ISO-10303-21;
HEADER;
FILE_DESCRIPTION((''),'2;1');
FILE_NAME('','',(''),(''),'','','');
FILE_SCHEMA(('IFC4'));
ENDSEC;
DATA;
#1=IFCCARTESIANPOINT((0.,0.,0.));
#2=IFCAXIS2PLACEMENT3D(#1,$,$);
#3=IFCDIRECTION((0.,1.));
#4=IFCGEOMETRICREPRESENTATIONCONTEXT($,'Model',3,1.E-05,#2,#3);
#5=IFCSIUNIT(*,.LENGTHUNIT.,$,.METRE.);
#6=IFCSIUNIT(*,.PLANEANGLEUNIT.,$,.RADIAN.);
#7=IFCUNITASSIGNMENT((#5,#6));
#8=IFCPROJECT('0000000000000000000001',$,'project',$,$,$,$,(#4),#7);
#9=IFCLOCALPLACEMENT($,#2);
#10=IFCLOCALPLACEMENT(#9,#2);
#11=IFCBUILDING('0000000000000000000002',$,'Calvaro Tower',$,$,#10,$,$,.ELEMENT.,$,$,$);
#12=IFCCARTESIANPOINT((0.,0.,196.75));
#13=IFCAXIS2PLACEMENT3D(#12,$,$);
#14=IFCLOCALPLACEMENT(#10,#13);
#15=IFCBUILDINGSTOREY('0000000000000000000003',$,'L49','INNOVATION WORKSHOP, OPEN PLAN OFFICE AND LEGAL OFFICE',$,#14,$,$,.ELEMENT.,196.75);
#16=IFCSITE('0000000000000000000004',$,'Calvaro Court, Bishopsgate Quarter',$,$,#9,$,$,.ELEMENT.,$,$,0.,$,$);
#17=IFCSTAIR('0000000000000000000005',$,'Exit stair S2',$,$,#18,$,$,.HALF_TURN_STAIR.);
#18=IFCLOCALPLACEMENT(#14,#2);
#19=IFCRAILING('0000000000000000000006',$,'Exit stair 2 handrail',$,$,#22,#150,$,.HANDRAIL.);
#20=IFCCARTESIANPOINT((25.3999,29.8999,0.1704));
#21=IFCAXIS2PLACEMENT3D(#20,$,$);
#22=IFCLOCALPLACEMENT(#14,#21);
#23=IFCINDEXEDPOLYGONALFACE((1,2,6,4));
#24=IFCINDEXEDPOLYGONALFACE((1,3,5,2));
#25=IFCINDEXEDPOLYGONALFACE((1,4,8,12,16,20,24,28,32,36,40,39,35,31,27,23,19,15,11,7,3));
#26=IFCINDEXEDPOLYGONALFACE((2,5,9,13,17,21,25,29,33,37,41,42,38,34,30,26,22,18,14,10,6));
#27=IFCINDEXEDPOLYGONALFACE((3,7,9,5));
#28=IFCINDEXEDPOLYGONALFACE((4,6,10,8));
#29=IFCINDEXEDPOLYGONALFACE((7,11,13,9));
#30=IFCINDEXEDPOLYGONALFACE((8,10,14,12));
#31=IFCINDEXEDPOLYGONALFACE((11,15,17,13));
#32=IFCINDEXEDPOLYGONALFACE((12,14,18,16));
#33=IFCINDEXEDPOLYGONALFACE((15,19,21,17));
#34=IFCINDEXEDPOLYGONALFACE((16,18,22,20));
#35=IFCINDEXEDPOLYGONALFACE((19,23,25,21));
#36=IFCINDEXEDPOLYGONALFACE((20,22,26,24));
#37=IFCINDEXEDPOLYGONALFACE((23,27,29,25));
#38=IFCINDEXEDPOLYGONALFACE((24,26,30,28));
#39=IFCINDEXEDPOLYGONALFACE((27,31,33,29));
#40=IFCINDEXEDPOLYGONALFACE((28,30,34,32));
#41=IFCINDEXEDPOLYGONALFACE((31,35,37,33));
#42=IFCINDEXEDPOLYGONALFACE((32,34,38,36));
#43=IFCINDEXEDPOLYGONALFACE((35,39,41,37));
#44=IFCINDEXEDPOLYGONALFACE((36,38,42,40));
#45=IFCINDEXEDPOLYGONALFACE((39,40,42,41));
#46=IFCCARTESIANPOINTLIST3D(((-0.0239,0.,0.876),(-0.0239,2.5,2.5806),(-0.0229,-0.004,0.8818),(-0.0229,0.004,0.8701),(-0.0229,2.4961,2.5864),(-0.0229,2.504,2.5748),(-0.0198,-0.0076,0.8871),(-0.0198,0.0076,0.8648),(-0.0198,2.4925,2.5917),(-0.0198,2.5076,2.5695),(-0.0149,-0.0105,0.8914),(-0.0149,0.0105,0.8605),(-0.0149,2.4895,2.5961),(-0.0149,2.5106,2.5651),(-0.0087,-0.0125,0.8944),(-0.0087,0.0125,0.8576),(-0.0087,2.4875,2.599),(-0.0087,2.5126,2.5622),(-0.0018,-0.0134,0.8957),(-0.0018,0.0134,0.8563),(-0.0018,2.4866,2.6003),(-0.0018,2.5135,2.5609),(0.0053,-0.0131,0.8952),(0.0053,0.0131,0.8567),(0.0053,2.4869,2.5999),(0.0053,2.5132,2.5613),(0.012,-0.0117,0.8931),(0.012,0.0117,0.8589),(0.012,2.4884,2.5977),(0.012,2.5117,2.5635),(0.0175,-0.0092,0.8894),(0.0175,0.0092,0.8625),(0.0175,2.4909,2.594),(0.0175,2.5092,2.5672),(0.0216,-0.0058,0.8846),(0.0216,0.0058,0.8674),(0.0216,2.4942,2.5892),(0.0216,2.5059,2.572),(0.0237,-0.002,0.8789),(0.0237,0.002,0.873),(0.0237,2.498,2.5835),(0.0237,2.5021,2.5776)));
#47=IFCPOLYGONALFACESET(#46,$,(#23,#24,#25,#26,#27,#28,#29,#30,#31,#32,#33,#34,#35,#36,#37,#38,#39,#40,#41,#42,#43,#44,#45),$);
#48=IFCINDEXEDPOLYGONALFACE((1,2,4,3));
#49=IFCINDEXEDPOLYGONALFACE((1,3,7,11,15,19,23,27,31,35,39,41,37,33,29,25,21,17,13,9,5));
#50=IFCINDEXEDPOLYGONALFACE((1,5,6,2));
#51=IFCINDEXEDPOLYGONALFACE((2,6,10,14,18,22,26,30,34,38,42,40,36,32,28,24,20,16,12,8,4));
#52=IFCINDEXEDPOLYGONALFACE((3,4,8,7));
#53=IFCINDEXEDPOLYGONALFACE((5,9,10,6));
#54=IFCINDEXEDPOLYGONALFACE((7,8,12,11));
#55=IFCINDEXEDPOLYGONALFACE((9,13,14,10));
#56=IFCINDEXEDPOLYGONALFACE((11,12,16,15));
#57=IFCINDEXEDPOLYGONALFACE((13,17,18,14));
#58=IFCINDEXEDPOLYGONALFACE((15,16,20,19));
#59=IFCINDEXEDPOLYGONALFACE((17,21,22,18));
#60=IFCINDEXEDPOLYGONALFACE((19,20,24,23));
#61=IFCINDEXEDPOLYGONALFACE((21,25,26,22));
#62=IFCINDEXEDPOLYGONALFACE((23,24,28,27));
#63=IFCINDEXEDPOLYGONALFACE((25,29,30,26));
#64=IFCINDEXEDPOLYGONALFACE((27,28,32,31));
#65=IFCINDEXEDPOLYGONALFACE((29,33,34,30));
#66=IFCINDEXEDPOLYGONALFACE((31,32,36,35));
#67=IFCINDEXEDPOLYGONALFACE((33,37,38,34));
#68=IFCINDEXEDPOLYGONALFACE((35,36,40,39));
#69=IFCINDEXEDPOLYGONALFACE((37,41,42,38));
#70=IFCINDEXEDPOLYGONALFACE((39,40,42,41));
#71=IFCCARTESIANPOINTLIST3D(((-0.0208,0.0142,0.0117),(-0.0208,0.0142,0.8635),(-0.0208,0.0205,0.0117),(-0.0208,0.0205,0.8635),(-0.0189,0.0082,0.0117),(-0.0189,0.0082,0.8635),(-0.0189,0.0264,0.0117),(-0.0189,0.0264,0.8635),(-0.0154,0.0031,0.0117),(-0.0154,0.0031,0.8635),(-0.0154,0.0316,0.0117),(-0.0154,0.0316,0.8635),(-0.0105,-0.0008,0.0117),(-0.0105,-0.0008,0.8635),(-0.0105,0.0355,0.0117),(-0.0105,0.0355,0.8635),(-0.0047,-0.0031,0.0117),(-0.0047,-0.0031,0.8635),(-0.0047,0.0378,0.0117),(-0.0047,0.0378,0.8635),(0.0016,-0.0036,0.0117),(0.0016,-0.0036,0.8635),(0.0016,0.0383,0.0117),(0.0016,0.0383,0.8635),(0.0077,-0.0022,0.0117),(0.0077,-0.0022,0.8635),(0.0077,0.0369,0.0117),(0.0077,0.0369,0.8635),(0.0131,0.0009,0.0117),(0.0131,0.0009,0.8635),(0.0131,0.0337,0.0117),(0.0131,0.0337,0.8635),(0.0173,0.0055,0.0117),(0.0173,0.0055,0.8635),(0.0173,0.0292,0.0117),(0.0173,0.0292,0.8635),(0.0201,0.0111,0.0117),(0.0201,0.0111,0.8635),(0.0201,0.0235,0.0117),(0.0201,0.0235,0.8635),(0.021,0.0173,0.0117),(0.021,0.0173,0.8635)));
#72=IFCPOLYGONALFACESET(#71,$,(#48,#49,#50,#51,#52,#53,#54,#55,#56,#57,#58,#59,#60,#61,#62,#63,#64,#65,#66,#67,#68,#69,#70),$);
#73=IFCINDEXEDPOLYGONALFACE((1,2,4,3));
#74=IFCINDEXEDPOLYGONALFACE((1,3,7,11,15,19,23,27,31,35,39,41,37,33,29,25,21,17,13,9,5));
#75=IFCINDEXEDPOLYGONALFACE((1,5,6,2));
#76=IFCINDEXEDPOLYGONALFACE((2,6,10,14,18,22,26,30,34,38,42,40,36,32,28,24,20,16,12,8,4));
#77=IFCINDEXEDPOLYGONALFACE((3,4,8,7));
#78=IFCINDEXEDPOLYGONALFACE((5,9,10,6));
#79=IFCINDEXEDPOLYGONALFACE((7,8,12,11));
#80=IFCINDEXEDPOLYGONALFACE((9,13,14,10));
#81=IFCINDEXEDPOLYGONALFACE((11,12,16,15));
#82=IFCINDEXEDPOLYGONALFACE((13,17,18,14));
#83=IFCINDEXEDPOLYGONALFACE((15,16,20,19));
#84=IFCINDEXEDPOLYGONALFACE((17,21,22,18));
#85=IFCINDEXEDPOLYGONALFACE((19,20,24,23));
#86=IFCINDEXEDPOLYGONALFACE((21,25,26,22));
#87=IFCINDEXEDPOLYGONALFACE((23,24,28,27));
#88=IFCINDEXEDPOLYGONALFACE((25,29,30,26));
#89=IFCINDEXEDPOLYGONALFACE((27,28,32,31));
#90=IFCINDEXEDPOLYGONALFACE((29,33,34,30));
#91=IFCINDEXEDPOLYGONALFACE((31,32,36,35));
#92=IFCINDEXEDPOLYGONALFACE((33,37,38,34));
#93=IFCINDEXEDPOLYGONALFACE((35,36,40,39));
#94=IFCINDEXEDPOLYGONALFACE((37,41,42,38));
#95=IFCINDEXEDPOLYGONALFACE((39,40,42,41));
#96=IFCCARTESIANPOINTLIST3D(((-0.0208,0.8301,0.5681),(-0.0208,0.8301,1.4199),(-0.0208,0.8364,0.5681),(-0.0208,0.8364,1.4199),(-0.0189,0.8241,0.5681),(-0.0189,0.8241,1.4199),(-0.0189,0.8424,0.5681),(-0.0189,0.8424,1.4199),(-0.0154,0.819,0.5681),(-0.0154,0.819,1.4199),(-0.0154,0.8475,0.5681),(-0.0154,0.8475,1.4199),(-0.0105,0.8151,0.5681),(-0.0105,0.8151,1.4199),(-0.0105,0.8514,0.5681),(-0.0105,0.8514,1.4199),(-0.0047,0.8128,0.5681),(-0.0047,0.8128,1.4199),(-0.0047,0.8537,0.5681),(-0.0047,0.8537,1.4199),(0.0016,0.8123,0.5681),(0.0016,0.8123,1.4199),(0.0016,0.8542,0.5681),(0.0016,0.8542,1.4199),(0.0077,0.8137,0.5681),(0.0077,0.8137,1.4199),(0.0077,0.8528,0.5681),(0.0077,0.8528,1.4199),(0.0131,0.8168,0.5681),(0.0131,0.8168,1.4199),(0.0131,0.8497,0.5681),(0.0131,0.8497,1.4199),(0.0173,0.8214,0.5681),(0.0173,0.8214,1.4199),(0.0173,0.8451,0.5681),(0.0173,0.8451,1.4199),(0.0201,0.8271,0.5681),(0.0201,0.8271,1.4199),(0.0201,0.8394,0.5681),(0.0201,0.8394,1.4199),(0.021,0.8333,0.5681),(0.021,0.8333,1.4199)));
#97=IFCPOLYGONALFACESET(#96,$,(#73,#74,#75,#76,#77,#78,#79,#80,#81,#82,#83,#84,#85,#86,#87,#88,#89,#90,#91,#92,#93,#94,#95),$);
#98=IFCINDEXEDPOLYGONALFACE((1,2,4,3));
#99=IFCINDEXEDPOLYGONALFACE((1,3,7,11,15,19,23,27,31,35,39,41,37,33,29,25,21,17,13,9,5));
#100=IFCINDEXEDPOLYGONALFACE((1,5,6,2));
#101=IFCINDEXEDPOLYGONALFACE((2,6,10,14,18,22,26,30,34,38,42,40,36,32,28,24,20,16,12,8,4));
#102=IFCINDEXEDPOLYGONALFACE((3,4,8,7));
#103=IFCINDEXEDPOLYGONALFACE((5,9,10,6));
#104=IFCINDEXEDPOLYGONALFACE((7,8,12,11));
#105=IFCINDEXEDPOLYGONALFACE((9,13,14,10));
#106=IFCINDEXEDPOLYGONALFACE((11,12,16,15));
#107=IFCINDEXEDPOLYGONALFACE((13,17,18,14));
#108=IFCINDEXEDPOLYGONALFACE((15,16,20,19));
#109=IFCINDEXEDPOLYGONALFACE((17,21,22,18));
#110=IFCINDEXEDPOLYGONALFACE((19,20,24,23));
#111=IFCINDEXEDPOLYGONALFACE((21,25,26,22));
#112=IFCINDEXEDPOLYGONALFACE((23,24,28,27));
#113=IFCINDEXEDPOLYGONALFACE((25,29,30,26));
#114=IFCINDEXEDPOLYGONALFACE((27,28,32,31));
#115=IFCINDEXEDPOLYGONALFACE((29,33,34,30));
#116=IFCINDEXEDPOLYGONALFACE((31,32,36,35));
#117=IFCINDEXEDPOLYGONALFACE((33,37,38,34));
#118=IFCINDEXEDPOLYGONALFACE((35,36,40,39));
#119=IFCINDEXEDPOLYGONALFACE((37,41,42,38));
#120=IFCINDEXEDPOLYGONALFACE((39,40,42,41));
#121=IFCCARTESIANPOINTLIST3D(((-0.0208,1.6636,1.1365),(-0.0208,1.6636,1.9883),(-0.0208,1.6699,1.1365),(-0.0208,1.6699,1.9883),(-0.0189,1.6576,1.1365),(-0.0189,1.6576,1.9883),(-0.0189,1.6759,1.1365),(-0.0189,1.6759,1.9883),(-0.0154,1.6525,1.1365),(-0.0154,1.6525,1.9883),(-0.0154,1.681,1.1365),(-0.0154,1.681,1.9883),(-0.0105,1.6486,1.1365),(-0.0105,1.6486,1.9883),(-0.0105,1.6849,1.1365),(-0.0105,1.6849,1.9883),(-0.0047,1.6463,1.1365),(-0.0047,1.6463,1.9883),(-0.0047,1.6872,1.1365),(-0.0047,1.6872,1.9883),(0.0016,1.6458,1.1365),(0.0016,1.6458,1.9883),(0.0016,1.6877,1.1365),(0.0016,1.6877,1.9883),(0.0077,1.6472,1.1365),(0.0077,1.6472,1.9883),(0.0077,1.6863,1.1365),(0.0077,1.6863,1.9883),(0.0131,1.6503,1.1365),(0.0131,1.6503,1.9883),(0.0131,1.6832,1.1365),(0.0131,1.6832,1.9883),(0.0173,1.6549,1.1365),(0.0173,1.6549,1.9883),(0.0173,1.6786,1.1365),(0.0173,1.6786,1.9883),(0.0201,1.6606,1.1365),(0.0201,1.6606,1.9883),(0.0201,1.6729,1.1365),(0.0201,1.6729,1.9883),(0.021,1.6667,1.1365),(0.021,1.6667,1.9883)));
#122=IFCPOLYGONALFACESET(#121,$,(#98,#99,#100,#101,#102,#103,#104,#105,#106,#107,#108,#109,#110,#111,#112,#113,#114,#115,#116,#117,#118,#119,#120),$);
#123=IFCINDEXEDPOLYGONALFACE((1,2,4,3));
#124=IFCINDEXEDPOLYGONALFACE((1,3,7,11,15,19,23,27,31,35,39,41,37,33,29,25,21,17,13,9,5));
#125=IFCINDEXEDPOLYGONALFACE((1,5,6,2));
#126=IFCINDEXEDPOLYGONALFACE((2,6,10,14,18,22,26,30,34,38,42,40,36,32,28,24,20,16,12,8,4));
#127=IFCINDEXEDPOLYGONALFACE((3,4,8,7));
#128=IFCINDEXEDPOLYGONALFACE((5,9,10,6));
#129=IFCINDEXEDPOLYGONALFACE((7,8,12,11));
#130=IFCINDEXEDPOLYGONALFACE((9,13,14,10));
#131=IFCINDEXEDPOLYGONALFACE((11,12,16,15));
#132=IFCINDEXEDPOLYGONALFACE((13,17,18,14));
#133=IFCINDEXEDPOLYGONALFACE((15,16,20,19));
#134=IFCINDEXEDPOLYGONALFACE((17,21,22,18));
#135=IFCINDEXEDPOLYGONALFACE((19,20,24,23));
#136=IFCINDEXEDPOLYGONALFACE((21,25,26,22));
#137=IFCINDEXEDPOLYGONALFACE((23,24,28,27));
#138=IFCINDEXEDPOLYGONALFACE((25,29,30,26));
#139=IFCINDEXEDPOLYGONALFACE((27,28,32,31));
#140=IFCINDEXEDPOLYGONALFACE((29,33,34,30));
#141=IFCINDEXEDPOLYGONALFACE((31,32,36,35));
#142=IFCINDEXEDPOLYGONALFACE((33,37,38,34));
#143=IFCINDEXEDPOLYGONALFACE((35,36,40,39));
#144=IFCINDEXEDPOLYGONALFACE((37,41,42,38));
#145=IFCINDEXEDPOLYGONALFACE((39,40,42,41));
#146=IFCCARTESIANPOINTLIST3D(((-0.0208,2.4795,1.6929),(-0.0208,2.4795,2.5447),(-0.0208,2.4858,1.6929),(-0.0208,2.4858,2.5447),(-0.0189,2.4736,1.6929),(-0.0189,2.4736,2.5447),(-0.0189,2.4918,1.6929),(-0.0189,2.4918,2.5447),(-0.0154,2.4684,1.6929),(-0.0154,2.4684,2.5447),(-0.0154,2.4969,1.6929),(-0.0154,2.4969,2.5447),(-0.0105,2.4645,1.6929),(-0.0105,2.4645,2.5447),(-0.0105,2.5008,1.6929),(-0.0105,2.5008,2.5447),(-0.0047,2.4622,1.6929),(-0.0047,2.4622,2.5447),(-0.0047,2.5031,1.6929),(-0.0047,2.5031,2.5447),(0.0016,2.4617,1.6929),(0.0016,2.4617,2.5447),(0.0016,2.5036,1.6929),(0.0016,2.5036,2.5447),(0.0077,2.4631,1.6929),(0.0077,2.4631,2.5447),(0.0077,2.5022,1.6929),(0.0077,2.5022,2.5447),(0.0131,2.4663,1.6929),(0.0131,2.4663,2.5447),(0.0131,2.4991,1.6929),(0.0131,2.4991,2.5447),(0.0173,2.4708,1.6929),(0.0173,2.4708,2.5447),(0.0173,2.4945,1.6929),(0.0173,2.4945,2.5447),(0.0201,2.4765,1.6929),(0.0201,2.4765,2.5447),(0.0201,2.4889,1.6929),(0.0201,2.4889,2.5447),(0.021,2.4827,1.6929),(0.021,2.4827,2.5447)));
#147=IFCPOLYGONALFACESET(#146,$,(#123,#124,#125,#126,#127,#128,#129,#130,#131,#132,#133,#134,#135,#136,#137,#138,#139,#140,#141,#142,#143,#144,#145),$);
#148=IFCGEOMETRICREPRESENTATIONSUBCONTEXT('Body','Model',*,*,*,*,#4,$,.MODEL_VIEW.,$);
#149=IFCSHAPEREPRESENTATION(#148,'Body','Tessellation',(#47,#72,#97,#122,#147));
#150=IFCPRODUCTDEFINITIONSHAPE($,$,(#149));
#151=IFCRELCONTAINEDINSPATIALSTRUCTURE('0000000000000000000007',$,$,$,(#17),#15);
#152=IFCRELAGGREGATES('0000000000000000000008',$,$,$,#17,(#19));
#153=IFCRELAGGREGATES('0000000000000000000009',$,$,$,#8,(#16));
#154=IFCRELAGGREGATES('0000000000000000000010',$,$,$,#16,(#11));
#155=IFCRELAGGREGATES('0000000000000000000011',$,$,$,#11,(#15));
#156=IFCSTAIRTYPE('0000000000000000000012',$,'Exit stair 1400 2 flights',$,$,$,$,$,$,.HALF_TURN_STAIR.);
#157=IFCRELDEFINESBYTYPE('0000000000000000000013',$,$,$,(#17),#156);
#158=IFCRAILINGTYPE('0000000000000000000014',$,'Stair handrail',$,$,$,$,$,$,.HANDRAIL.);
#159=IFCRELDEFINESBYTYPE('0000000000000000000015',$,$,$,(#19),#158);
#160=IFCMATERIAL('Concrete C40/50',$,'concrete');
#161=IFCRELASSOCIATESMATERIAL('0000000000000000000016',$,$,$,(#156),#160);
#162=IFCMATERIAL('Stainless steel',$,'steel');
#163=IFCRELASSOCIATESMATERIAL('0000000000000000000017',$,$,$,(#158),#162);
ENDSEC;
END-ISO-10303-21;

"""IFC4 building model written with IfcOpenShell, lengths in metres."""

from ifc_helpers import new_model, si_unit, direction, frame, origin, origin_2d, place, context, subcontext, project, spatial, circle, extrude, material, type_object, element, aggregate, save


model = new_model("IFC4")

# Units and contexts
model_context = context("Model", 3, precision=1e-05, world=origin(), true_north=direction((0.0, 1.0)))
body_context = subcontext(model_context, "Body", "Model", "MODEL_VIEW")
ifc_project = project(units=[si_unit("LENGTHUNIT", "METRE"), si_unit("PLANEANGLEUNIT", "RADIAN")], contexts=[model_context])

# Site, building, storey
site_placement = place(None, origin())
site = spatial("IfcSite", under=ifc_project, at=site_placement, Name="Calvaro Court, Bishopsgate Quarter", CompositionType="ELEMENT", RefElevation=0.0)
building_placement = place(site_placement, origin())
building = spatial("IfcBuilding", under=site, at=building_placement, Name="Calvaro Tower", CompositionType="ELEMENT")
storey_placement = place(building_placement, frame((0.0, 0.0, 196.75)))
storey = spatial("IfcBuildingStorey", under=building, at=storey_placement, Name="L49", Description="INNOVATION WORKSHOP, OPEN PLAN OFFICE AND LEGAL OFFICE", CompositionType="ELEMENT", Elevation=196.75)

# Stair
ifc_material_1 = material(Name="Concrete C40/50", Category="concrete")
stair_type = type_object("IfcStairType", Name="Exit stair 1400 2 flights", PredefinedType="HALF_TURN_STAIR", material=ifc_material_1)
stair_1_placement = place(storey_placement, origin())
stair_1 = element("IfcStair", 1, at=stair_1_placement, inside=storey, type_object=stair_type, Name="Exit stair S2", PredefinedType="HALF_TURN_STAIR")

# Shared definitions
ifc_material_2 = material(Name="Stainless steel", Category="steel")
railing_type = type_object("IfcRailingType", Name="Stair handrail", PredefinedType="HANDRAIL", material=ifc_material_2)

# Railing
railing_1_placement = place(storey_placement, frame((25.3999, 29.8999, 0.1704)))
railing_1 = element("IfcRailing", 2, at=railing_1_placement, type_object=railing_type, Name="Exit stair 2 handrail", PredefinedType="HANDRAIL", context=body_context, shape_type="SweptSolid", body=[
    extrude(circle(Radius=0.0239, at=origin_2d()), frame((0.0, 0.0, 0.876), z_axis=(0.0, 0.826221, 0.563347), x_axis=(-1.0, 0.0, 0.0)), (0.0, 0.0, 1.0), 3.0259),
    extrude(circle(Radius=0.021, at=origin_2d()), frame((0.0, 0.0173, 0.0117)), (0.0, 0.0, 1.0), 0.8518),
    extrude(circle(Radius=0.021, at=origin_2d()), frame((0.0, 0.8333, 0.5681)), (0.0, 0.0, 1.0), 0.8518),
    extrude(circle(Radius=0.021, at=origin_2d()), frame((0.0, 1.6667, 1.1365)), (0.0, 0.0, 1.0), 0.8518),
    extrude(circle(Radius=0.021, at=origin_2d()), frame((0.0, 2.4827, 1.6929)), (0.0, 0.0, 1.0), 0.8518),
])
aggregate(stair_1, [railing_1])

save(model, "model.ifc")
